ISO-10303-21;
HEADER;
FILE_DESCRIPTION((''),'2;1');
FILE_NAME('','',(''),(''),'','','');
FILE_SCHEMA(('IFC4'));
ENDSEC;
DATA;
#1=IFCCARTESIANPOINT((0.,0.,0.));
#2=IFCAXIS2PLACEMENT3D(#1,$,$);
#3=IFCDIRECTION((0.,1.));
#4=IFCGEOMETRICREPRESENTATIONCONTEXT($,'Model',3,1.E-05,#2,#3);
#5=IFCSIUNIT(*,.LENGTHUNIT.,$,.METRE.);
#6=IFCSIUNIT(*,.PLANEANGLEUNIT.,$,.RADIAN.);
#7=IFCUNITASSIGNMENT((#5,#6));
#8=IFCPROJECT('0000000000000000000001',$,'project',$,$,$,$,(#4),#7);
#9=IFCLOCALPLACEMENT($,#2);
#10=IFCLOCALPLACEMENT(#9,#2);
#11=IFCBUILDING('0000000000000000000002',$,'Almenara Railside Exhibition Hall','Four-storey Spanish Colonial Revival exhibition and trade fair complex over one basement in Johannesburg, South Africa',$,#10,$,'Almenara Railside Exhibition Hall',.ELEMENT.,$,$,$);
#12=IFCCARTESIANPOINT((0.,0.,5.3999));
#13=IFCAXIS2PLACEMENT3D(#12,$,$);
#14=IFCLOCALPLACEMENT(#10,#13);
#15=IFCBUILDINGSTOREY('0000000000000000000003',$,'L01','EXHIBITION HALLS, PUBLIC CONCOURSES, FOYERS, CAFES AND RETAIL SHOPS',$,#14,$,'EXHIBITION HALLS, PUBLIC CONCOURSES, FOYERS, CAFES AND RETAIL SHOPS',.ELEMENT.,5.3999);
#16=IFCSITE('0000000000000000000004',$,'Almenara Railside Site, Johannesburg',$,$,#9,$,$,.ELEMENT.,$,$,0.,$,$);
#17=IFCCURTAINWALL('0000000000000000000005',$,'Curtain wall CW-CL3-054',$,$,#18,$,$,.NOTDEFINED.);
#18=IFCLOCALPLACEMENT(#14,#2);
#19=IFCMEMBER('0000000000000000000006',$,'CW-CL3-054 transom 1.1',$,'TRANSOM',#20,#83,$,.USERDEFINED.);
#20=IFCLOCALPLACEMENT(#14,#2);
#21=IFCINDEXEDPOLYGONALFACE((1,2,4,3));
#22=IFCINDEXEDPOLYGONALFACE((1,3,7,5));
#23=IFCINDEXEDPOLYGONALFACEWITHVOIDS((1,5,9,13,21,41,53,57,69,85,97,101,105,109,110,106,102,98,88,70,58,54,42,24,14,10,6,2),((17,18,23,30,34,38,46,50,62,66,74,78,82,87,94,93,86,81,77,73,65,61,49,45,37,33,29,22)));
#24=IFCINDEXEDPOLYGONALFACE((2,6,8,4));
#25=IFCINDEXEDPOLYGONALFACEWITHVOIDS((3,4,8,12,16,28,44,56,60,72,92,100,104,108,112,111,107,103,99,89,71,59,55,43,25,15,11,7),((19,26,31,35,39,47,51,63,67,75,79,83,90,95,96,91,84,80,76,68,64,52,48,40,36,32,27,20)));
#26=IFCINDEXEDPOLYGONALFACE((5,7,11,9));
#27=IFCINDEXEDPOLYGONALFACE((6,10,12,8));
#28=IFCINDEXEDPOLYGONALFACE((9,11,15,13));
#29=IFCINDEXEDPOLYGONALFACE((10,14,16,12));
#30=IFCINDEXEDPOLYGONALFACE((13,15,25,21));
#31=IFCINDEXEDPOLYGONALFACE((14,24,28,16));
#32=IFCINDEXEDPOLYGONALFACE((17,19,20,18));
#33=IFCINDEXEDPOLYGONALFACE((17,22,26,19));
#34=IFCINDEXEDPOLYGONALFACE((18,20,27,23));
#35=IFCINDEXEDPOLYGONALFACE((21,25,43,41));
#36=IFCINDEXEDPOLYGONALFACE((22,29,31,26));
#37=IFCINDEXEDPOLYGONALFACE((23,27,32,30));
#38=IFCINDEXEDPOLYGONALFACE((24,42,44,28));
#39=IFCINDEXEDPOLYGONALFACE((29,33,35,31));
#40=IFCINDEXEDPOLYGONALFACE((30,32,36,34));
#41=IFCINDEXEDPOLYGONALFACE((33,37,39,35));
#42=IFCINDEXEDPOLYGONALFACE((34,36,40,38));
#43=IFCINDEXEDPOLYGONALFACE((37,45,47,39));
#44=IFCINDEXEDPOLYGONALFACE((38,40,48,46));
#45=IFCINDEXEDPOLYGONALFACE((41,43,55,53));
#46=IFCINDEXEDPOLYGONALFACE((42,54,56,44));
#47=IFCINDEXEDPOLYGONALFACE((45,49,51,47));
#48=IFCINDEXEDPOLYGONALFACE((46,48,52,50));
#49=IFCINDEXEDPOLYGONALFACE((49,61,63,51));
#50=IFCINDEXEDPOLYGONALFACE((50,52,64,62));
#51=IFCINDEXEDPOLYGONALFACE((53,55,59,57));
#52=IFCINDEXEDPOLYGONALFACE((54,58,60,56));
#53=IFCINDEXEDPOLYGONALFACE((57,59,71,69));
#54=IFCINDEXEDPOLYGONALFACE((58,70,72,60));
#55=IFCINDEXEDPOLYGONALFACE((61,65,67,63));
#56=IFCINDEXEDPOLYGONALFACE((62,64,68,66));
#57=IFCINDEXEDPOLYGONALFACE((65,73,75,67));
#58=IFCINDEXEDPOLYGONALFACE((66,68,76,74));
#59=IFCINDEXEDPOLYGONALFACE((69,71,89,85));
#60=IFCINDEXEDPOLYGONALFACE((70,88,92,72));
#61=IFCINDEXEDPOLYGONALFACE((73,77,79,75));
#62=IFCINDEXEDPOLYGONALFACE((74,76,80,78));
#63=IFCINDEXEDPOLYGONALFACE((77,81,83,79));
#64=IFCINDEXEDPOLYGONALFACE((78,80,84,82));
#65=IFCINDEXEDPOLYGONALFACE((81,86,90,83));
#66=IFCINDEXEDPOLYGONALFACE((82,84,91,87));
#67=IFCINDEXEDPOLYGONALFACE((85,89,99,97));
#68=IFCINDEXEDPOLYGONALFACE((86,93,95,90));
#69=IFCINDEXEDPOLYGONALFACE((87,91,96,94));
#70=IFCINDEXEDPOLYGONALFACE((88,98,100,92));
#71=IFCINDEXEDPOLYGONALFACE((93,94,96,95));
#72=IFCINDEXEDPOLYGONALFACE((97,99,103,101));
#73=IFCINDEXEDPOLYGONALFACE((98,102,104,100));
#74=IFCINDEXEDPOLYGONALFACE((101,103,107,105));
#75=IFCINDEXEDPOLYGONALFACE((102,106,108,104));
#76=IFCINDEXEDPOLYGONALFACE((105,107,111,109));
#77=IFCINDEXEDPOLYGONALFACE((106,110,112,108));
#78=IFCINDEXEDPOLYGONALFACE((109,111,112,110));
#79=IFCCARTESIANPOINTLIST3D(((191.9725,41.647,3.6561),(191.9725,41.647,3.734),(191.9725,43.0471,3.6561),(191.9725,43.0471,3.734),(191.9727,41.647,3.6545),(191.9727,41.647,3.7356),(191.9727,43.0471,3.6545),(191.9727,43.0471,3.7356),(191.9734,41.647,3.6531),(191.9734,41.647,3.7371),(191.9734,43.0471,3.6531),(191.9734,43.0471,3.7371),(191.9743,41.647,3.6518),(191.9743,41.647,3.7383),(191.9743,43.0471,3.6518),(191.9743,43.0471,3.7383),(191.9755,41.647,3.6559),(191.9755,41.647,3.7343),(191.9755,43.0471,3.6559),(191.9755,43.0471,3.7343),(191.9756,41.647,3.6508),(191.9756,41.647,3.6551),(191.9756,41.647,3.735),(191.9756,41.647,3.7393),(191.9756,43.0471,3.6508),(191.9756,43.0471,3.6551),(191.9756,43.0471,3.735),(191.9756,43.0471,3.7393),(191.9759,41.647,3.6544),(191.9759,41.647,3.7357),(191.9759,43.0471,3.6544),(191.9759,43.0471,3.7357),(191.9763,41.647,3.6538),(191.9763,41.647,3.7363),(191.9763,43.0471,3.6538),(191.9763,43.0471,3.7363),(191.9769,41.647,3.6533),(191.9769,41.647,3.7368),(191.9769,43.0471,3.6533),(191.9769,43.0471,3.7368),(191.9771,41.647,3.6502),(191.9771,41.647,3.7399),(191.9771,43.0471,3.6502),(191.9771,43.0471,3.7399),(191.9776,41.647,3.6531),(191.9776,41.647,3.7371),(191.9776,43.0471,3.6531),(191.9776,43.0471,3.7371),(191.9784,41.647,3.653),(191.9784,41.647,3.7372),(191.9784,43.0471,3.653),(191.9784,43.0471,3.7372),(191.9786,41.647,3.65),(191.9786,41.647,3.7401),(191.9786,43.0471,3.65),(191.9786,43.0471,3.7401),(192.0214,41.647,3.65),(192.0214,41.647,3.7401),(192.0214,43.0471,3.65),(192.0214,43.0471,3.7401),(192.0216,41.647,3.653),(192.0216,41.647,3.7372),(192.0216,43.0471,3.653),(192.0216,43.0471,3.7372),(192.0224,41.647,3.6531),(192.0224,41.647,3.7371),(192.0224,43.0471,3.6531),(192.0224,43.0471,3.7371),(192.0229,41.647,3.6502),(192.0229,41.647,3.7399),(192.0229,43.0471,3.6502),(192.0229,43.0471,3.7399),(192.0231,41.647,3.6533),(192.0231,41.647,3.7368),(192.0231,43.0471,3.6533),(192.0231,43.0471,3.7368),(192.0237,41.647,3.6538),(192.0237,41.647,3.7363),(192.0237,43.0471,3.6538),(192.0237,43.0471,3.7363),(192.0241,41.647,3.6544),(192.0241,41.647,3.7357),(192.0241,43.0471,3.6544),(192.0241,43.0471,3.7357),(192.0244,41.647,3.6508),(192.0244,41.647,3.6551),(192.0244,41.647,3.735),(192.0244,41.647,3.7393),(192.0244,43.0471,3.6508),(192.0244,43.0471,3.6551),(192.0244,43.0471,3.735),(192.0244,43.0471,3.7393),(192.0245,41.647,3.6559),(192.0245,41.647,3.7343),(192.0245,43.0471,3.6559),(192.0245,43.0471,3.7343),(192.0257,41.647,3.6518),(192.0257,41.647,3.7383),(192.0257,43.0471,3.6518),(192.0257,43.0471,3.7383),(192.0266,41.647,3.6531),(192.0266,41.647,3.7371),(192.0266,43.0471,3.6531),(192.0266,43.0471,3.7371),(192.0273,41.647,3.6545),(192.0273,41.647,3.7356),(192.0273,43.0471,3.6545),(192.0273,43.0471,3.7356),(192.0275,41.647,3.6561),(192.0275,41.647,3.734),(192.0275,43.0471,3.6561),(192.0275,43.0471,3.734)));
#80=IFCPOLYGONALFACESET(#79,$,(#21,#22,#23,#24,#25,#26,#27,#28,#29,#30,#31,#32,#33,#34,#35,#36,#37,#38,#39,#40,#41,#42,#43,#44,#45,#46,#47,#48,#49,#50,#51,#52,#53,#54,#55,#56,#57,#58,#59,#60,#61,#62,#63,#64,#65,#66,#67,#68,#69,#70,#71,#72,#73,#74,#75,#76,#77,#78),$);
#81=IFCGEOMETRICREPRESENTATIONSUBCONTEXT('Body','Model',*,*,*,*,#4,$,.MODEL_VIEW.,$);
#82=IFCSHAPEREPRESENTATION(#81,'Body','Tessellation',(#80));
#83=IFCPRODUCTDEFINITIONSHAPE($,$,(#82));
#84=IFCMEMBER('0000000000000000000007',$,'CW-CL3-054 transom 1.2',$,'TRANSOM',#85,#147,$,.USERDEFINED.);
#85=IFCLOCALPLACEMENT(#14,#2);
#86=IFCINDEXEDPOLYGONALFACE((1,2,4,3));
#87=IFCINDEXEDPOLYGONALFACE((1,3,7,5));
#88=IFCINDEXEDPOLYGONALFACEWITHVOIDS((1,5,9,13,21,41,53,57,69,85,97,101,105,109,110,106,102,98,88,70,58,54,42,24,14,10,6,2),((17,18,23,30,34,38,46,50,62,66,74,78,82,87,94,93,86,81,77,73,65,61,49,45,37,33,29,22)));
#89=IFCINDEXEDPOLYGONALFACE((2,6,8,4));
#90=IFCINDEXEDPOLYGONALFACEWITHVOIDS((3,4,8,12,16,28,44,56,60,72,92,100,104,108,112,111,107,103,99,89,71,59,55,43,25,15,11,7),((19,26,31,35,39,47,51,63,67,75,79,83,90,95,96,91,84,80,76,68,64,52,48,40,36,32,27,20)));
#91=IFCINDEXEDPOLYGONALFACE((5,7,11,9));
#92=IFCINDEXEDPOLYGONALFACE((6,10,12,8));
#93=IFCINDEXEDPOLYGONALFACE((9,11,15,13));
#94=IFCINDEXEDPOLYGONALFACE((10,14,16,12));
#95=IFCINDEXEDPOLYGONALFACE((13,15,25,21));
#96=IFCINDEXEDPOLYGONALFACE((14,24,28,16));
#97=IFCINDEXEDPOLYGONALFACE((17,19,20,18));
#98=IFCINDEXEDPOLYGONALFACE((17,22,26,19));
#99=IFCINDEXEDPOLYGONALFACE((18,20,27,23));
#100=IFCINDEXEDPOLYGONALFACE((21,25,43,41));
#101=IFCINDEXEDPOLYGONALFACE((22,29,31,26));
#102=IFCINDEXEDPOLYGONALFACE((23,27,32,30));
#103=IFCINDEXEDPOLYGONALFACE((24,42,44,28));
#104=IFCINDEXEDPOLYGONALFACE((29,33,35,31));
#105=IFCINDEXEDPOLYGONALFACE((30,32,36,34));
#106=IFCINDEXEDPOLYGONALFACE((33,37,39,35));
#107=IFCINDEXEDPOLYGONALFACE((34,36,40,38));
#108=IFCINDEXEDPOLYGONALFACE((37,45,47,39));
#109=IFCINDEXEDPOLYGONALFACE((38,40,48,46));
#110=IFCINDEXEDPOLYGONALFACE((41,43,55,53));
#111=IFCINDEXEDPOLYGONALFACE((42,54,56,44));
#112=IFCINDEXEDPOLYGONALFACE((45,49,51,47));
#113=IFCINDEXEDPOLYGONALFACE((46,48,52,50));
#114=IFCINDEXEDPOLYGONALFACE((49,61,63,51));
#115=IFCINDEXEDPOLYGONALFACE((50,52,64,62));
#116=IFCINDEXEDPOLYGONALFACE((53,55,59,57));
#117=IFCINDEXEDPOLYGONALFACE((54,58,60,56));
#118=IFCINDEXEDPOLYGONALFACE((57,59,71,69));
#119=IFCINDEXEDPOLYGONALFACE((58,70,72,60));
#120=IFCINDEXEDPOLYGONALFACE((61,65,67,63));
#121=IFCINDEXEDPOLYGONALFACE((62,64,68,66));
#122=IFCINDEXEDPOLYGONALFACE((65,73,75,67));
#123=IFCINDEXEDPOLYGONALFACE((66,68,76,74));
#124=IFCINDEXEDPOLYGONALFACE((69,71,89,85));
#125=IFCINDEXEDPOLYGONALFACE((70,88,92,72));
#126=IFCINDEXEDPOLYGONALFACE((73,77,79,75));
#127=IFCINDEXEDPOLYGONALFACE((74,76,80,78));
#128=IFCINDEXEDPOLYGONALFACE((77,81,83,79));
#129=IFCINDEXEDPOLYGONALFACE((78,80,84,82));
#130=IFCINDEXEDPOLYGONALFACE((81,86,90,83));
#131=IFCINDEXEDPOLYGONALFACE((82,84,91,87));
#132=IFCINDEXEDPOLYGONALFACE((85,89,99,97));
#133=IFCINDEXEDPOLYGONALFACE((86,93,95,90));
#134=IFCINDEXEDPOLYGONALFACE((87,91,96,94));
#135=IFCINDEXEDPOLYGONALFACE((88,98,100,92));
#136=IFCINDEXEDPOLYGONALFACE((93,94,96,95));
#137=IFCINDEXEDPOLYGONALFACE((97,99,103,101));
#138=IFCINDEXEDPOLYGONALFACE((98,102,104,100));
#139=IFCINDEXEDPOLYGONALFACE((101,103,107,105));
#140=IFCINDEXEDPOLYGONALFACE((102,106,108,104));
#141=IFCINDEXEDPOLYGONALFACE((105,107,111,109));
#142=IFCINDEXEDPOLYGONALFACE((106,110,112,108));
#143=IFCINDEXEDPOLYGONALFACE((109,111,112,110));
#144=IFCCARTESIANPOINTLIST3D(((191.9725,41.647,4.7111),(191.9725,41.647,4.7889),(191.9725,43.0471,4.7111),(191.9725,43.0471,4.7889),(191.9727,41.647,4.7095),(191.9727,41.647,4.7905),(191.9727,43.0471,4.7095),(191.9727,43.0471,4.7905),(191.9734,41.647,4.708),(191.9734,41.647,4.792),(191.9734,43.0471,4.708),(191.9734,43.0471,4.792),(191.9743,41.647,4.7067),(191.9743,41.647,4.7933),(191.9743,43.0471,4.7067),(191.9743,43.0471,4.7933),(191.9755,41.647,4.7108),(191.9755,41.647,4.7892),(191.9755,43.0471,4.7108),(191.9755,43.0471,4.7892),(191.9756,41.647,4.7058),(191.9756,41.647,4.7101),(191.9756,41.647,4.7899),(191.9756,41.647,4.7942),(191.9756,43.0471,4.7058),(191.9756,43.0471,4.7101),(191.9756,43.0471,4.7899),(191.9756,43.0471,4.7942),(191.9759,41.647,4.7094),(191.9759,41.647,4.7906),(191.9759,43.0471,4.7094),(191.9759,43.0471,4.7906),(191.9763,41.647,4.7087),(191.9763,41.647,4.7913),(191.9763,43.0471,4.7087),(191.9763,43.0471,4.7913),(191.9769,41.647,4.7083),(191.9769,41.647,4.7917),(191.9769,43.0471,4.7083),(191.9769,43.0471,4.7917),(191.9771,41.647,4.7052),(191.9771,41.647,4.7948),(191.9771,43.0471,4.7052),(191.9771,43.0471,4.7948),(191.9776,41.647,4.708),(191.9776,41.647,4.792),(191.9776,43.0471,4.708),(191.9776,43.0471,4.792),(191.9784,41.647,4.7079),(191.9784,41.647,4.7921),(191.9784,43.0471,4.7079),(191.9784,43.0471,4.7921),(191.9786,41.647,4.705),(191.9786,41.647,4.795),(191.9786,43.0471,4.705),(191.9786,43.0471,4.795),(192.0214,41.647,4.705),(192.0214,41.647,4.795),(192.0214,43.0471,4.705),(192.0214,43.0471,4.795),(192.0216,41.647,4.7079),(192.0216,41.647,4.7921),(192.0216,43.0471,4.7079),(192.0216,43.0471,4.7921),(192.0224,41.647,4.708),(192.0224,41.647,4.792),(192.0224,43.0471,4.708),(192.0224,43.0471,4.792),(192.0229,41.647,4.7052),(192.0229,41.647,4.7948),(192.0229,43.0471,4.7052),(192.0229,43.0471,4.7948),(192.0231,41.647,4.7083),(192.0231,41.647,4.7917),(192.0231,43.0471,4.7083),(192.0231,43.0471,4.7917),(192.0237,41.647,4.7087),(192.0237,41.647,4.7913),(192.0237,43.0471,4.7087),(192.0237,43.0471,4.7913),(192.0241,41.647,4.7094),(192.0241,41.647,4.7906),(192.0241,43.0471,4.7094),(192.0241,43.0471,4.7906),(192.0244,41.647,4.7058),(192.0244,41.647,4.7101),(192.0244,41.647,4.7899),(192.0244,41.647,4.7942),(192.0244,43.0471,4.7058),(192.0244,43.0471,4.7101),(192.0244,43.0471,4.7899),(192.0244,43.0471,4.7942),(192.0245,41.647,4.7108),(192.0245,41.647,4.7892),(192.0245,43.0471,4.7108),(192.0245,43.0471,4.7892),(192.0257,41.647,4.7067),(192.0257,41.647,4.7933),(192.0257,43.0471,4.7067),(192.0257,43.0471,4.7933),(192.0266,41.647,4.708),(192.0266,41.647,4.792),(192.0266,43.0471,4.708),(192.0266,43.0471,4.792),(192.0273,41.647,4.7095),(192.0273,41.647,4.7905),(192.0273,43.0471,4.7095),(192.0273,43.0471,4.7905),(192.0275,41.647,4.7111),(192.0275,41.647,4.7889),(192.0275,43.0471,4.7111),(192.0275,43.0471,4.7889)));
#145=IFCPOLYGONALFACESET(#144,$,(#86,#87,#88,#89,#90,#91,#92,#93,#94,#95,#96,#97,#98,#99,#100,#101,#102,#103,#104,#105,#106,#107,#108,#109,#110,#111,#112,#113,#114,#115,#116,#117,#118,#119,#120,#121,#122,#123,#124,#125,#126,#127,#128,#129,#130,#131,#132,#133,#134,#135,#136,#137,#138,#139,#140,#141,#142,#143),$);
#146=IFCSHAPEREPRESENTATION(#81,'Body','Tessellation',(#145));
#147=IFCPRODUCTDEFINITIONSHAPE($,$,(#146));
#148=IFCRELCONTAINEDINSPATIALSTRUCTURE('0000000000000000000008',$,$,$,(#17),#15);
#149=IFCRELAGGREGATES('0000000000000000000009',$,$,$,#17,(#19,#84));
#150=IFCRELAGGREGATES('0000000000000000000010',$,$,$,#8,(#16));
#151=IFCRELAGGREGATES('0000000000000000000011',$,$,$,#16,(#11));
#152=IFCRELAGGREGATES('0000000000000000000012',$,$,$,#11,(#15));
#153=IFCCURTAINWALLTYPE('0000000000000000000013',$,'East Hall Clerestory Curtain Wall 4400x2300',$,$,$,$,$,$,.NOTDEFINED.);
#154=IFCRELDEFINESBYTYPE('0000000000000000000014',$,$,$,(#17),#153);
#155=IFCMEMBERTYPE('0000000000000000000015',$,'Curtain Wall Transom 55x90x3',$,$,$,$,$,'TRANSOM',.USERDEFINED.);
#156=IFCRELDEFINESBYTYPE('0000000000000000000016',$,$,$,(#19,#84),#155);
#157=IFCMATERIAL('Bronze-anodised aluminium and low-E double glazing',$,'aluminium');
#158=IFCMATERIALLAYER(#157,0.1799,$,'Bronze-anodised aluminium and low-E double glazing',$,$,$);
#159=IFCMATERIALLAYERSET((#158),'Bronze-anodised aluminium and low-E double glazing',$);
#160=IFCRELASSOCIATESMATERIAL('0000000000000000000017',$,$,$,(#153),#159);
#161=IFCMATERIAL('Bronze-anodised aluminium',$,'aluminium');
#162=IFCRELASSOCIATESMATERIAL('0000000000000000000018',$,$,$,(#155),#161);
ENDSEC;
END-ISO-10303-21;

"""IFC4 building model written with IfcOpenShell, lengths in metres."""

from ifc_helpers import new_model, si_unit, direction, frame, origin, origin_2d, place, context, subcontext, project, spatial, hollow_rectangle, extrude, material, layer, layer_set, material_profile, profile_set, type_object, element, aggregate, save


model = new_model("IFC4")

# Units and contexts
model_context = context("Model", 3, precision=1e-05, world=origin(), true_north=direction((0.0, 1.0)))
body_context = subcontext(model_context, "Body", "Model", "MODEL_VIEW")
ifc_project = project(units=[si_unit("LENGTHUNIT", "METRE"), si_unit("PLANEANGLEUNIT", "RADIAN")], contexts=[model_context])

# Site, building, storey
site_placement = place(None, origin())
site = spatial("IfcSite", under=ifc_project, at=site_placement, Name="Almenara Railside Site, Johannesburg", CompositionType="ELEMENT", RefElevation=0.0)
building_placement = place(site_placement, origin())
building = spatial("IfcBuilding", under=site, at=building_placement, Name="Almenara Railside Exhibition Hall", Description="Four-storey Spanish Colonial Revival exhibition and trade fair complex over one basement in Johannesburg, South Africa", LongName="Almenara Railside Exhibition Hall", CompositionType="ELEMENT")
storey_placement = place(building_placement, frame((0.0, 0.0, 5.3999)))
storey = spatial("IfcBuildingStorey", under=building, at=storey_placement, Name="L01", Description="EXHIBITION HALLS, PUBLIC CONCOURSES, FOYERS, CAFES AND RETAIL SHOPS", LongName="EXHIBITION HALLS, PUBLIC CONCOURSES, FOYERS, CAFES AND RETAIL SHOPS", CompositionType="ELEMENT", Elevation=5.3999)

# Curtain wall
ifc_material_1 = material(Name="Bronze-anodised aluminium and low-E double glazing", Category="aluminium")
ifc_layer_1 = layer(ifc_material_1, 0.1799, Name="Bronze-anodised aluminium and low-E double glazing")
ifc_layer_set_1 = layer_set([ifc_layer_1], Name="Bronze-anodised aluminium and low-E double glazing")
curtain_wall_type = type_object("IfcCurtainWallType", Name="East Hall Clerestory Curtain Wall 4400x2300", PredefinedType="NOTDEFINED", material=ifc_layer_set_1)
curtain_wall_1_placement = place(storey_placement, origin())
curtain_wall_1 = element("IfcCurtainWall", 1, at=curtain_wall_1_placement, inside=storey, type_object=curtain_wall_type, Name="Curtain wall CW-CL3-054", PredefinedType="NOTDEFINED")
ifc_material_2 = material(Name="Bronze-anodised aluminium", Category="aluminium")

# Members
ifc_material_profile_1 = material_profile(ifc_material_2, hollow_rectangle(XDim=0.0549, YDim=0.0901, WallThickness=0.0029, InnerFilletRadius=0.0029, OuterFilletRadius=0.0061, at=origin_2d()), Name="ALU-TRN 55x90x3")
ifc_profile_set_1 = profile_set([ifc_material_profile_1], Name="Bronze-anodised aluminium")
member_type_1 = type_object("IfcMemberType", Name="Curtain Wall Transom 55x90x3", ElementType="TRANSOM", PredefinedType="USERDEFINED", material=ifc_profile_set_1)
member_1_placement = place(storey_placement, frame((192.0, 41.647, 3.6951), z_axis=(0.0, 1.0, 0.0), x_axis=(-1.0, 0.0, 0.0)))
member_1 = element("IfcMember", 2, at=member_1_placement, type_object=member_type_1, Name="CW-CL3-054 transom 1.1", ObjectType="TRANSOM", PredefinedType="USERDEFINED", context=body_context, shape_type="SweptSolid", body=[
    extrude(hollow_rectangle(XDim=0.0549, YDim=0.0901, WallThickness=0.0029, InnerFilletRadius=0.0029, OuterFilletRadius=0.0061, at=origin_2d()), origin(), (0.0, 0.0, 1.0), 1.4001),
])
member_2_placement = place(storey_placement, frame((192.0, 41.647, 4.75), z_axis=(0.0, 1.0, 0.0), x_axis=(-1.0, 0.0, 0.0)))
member_2 = element("IfcMember", 3, at=member_2_placement, type_object=member_type_1, Name="CW-CL3-054 transom 1.2", ObjectType="TRANSOM", PredefinedType="USERDEFINED", context=body_context, shape_type="SweptSolid", body=[
    extrude(hollow_rectangle(XDim=0.0549, YDim=0.0901, WallThickness=0.0029, InnerFilletRadius=0.0029, OuterFilletRadius=0.0061, at=origin_2d()), origin(), (0.0, 0.0, 1.0), 1.4001),
])

aggregate(curtain_wall_1, [member_1, member_2])

save(model, "model.ifc")
